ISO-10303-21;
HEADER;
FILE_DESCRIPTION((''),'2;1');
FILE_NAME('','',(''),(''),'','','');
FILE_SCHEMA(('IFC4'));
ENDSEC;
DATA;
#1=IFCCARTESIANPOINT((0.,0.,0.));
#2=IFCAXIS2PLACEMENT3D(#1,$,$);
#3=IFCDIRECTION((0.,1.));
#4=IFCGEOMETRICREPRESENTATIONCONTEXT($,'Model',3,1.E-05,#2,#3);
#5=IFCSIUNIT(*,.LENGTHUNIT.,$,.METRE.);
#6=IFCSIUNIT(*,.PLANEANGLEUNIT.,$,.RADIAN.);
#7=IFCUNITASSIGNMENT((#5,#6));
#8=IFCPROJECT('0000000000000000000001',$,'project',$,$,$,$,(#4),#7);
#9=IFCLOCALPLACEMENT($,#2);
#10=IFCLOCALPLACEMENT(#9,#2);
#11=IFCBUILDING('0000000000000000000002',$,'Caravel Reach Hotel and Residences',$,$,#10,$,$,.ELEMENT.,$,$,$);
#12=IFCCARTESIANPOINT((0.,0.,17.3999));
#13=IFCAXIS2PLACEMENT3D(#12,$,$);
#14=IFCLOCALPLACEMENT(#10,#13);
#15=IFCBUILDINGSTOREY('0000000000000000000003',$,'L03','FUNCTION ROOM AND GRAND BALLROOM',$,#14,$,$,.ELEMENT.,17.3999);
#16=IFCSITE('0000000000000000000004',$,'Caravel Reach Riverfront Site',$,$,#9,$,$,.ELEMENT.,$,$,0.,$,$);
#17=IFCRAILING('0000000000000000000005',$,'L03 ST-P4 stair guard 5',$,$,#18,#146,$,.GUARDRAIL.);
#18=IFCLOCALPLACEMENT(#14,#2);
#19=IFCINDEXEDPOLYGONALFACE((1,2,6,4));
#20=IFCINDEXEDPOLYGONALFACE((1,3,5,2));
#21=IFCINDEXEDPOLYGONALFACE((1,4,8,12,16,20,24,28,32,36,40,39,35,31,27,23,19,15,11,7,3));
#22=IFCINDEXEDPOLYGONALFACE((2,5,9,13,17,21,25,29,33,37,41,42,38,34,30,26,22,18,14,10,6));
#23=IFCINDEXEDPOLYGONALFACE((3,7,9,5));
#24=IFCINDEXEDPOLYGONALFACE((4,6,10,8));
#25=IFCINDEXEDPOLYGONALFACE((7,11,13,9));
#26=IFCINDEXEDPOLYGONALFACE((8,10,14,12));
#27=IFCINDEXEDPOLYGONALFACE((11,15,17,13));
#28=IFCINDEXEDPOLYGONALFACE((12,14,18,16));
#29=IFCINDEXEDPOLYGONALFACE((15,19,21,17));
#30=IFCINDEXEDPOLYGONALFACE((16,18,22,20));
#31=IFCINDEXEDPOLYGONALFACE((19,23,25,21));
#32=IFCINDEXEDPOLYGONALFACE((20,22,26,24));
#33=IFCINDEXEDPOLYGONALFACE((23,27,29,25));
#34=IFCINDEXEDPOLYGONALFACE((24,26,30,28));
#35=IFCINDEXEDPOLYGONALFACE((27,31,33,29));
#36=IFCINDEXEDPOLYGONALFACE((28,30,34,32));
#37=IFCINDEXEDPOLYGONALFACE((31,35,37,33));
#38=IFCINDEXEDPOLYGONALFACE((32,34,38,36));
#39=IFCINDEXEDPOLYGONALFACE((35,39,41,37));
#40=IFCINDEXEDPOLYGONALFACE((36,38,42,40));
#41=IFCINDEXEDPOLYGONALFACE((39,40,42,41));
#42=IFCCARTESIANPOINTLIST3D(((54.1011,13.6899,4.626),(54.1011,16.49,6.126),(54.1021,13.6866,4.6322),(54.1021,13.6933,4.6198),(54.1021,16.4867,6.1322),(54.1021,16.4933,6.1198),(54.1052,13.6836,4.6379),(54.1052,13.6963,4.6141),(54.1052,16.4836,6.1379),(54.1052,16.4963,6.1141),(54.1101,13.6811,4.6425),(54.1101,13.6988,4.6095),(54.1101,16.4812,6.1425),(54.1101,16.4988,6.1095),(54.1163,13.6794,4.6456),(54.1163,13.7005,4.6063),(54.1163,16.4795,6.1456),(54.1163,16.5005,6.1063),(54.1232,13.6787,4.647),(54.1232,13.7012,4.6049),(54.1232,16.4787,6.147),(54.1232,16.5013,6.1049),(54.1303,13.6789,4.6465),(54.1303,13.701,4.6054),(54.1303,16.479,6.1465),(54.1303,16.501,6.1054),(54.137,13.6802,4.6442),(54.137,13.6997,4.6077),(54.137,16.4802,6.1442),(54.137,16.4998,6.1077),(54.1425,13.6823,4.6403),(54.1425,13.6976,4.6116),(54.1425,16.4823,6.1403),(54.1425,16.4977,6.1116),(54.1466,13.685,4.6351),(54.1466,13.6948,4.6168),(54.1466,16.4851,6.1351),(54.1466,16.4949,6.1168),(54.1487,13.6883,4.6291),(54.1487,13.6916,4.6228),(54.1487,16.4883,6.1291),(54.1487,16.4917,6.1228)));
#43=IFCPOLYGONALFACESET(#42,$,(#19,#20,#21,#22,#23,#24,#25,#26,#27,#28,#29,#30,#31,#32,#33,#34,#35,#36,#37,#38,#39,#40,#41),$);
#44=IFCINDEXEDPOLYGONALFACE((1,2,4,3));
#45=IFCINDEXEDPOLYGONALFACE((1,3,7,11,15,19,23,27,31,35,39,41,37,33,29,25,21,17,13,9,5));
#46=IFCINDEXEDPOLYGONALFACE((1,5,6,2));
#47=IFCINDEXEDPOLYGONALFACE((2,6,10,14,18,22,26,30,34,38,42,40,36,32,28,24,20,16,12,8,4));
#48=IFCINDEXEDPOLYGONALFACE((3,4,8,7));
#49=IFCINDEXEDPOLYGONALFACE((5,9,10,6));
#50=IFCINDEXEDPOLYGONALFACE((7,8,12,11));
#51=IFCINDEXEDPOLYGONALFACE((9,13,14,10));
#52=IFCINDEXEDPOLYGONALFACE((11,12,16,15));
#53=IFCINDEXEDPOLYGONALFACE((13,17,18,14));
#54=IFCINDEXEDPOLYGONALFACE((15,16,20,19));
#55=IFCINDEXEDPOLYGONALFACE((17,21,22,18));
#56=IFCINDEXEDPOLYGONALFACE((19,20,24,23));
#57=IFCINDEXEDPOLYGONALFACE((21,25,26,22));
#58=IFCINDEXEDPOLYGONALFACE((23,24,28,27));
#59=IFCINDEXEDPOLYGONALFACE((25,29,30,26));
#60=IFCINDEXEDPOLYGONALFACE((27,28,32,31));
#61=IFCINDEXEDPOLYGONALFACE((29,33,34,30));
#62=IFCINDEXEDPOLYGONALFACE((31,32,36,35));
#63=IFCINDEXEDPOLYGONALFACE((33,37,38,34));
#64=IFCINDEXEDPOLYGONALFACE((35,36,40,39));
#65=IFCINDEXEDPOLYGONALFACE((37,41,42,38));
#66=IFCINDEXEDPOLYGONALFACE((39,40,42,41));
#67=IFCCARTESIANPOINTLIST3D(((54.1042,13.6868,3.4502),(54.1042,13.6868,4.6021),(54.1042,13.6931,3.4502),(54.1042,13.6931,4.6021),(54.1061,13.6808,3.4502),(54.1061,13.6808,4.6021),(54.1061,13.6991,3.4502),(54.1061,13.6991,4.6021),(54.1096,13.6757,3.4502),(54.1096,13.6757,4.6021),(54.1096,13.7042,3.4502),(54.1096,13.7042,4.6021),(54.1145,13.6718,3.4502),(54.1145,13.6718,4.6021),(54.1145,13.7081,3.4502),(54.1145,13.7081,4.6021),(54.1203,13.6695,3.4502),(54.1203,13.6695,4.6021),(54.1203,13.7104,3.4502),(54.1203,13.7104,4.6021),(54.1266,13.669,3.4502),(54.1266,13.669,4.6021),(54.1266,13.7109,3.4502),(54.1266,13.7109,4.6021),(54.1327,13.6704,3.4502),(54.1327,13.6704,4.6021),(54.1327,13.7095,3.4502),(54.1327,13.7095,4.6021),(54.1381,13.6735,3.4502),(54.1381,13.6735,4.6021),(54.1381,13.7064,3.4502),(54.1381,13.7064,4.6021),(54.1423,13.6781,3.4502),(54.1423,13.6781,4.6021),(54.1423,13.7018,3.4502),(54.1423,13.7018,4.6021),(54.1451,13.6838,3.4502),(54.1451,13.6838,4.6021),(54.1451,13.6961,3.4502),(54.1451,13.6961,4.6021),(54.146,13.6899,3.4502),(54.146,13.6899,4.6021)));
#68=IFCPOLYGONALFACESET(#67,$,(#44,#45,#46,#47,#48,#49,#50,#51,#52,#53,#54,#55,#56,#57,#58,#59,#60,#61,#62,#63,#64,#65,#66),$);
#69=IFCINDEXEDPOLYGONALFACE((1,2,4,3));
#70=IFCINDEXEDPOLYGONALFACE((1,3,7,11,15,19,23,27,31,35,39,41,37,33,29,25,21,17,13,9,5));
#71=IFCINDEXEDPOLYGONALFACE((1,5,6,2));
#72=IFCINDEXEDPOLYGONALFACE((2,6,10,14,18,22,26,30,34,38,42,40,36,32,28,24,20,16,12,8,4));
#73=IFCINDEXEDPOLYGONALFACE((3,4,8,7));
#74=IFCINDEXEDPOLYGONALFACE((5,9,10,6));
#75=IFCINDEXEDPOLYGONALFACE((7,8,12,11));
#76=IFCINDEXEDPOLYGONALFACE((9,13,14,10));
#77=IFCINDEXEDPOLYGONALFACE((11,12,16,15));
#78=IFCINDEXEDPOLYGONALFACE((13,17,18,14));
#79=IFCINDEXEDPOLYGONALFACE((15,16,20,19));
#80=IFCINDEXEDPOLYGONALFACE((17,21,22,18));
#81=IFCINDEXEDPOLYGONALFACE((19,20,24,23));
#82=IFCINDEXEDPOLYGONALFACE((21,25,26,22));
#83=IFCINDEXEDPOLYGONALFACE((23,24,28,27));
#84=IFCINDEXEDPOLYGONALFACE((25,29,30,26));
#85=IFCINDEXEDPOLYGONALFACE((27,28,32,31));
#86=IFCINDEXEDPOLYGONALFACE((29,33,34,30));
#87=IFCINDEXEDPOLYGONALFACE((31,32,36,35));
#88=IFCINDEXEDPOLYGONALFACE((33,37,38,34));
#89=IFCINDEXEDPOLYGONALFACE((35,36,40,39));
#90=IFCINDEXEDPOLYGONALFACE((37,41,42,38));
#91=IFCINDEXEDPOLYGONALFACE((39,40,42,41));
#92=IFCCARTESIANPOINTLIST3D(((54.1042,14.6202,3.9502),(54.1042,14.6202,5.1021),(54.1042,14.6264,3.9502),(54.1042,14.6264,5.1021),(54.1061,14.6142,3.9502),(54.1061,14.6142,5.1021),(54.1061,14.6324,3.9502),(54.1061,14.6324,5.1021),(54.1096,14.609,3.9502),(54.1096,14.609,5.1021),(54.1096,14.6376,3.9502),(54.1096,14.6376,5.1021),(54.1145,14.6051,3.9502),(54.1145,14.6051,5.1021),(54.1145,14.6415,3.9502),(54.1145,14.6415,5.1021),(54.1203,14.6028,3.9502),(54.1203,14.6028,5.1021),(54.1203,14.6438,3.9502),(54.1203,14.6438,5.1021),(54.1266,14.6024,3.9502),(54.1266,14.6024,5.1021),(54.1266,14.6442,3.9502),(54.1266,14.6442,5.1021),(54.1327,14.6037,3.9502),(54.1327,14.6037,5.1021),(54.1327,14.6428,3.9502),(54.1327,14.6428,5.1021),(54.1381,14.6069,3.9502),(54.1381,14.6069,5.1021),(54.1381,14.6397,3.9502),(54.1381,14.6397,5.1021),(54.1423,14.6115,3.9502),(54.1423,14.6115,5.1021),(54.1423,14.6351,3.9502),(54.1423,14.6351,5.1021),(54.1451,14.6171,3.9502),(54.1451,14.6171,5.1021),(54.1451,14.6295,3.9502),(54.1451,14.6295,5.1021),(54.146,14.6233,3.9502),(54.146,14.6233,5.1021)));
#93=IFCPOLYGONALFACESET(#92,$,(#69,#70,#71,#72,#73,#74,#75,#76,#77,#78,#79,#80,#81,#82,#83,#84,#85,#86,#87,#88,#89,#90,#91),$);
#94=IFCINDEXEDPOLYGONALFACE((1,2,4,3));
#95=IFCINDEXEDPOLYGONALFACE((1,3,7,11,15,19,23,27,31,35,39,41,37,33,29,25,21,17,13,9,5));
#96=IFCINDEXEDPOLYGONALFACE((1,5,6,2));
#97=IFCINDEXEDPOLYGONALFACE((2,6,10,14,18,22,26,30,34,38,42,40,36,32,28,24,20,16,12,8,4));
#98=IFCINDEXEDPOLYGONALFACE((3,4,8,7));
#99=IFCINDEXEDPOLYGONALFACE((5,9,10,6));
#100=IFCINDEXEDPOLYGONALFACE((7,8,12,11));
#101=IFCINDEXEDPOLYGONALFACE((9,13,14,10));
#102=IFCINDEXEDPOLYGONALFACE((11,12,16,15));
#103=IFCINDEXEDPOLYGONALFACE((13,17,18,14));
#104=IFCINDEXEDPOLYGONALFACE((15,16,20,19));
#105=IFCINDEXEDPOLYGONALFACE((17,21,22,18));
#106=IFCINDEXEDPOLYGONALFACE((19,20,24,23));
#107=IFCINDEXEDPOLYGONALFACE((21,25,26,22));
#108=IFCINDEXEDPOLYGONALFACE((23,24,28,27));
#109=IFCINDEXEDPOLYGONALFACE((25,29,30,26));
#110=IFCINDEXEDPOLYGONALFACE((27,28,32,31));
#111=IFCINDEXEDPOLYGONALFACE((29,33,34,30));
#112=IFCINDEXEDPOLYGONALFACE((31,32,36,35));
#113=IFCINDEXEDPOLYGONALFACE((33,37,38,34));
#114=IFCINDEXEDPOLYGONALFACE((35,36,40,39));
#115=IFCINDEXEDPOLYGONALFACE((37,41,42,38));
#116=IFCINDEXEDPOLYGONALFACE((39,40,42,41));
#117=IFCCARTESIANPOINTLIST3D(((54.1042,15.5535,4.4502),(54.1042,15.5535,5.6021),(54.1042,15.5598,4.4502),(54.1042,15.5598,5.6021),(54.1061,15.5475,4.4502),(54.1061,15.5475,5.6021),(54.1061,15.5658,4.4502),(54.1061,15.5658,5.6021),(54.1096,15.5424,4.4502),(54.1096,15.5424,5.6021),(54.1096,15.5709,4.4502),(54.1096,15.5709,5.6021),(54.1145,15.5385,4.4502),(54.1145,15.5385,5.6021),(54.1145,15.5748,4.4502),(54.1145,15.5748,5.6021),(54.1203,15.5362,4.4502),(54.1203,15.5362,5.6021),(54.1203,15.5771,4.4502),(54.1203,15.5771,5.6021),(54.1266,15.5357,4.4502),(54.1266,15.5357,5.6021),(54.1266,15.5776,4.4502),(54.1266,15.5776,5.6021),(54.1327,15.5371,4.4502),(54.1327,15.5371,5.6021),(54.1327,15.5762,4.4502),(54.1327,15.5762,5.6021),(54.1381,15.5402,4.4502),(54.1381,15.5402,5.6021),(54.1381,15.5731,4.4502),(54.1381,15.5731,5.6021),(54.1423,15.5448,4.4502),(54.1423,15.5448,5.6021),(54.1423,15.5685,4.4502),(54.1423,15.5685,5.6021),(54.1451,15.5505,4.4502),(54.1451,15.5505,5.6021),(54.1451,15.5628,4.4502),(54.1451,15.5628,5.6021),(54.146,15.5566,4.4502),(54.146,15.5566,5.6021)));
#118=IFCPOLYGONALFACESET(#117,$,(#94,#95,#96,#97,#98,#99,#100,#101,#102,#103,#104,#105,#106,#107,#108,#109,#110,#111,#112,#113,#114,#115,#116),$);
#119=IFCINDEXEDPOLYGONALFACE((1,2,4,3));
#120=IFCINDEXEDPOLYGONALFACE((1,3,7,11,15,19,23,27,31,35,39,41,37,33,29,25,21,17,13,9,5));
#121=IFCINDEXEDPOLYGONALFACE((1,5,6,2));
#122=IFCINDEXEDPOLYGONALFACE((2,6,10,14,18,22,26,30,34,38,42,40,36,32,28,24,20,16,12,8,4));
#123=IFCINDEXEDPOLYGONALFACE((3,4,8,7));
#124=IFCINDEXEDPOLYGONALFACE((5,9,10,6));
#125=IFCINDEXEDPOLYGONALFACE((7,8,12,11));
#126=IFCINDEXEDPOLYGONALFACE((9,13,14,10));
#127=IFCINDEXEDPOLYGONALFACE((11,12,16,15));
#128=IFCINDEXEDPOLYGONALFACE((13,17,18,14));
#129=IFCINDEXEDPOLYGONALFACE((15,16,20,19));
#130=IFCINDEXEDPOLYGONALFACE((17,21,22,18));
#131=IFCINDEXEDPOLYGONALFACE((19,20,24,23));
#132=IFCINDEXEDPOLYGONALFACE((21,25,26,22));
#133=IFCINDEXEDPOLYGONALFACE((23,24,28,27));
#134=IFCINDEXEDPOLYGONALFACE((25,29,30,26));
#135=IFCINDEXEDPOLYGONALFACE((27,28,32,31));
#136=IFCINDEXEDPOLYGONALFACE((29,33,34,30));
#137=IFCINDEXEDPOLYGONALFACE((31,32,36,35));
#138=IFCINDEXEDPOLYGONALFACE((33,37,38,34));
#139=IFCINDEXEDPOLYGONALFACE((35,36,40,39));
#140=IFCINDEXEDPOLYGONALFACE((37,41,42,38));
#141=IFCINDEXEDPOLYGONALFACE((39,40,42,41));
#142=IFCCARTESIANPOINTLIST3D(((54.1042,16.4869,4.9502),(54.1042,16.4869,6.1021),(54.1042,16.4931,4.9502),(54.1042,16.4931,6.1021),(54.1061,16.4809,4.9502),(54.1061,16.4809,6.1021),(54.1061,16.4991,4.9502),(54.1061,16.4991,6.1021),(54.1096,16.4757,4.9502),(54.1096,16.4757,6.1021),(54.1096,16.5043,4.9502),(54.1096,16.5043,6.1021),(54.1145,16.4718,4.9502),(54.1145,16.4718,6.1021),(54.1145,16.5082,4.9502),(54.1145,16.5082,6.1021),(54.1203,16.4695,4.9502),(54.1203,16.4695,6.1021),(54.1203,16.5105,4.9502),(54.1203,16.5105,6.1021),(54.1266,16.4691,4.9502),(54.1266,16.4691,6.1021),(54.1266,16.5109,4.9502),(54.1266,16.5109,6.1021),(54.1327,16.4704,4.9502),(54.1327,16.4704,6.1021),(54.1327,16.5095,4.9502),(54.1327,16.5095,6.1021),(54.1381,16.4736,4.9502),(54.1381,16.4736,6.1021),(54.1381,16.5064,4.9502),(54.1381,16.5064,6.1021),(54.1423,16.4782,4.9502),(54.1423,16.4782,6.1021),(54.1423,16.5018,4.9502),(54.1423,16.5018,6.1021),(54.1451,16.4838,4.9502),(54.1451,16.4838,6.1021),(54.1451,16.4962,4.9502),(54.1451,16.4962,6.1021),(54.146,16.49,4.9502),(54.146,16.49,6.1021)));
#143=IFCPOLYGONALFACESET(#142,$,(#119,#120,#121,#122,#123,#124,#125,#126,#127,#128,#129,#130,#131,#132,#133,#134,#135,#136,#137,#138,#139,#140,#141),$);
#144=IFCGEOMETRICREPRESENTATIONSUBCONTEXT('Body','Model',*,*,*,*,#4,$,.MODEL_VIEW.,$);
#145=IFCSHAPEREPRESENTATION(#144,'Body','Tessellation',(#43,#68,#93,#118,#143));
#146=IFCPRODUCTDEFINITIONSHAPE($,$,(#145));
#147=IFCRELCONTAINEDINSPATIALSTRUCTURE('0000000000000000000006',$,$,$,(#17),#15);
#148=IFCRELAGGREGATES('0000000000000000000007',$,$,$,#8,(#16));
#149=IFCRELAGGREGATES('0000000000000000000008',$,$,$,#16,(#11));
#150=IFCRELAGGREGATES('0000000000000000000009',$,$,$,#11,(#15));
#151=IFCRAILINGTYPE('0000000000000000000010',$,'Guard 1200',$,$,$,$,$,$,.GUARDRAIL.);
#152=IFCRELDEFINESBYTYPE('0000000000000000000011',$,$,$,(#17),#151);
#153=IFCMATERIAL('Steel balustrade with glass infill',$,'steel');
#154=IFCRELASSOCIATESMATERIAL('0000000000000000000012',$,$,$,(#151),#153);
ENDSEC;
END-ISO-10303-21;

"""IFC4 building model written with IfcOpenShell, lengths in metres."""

from ifc_helpers import new_model, si_unit, direction, frame, origin, origin_2d, place, context, subcontext, project, spatial, circle, extrude, material, type_object, element, save


model = new_model("IFC4")

# Units and contexts
model_context = context("Model", 3, precision=1e-05, world=origin(), true_north=direction((0.0, 1.0)))
body_context = subcontext(model_context, "Body", "Model", "MODEL_VIEW")
ifc_project = project(units=[si_unit("LENGTHUNIT", "METRE"), si_unit("PLANEANGLEUNIT", "RADIAN")], contexts=[model_context])

# Site, building, storey
site_placement = place(None, origin())
site = spatial("IfcSite", under=ifc_project, at=site_placement, Name="Caravel Reach Riverfront Site", CompositionType="ELEMENT", RefElevation=0.0)
building_placement = place(site_placement, origin())
building = spatial("IfcBuilding", under=site, at=building_placement, Name="Caravel Reach Hotel and Residences", CompositionType="ELEMENT")
storey_placement = place(building_placement, frame((0.0, 0.0, 17.3999)))
storey = spatial("IfcBuildingStorey", under=building, at=storey_placement, Name="L03", Description="FUNCTION ROOM AND GRAND BALLROOM", CompositionType="ELEMENT", Elevation=17.3999)

# Railing
ifc_material_1 = material(Name="Steel balustrade with glass infill", Category="steel")
railing_type_1 = type_object("IfcRailingType", Name="Guard 1200", PredefinedType="GUARDRAIL", material=ifc_material_1)
railing_1_placement = place(storey_placement, frame((54.125, 13.6899, 3.4502)))
element("IfcRailing", 1, at=railing_1_placement, inside=storey, type_object=railing_type_1, Name="L03 ST-P4 stair guard 5", PredefinedType="GUARDRAIL", context=body_context, shape_type="SweptSolid", body=[
    extrude(circle(Radius=0.0239, at=origin_2d()), frame((0.0, 0.0, 1.1758), z_axis=(0.0, 0.881483, 0.472215), x_axis=(-1.0, 0.0, 0.0)), (0.0, 0.0, 1.0), 3.1765),
    extrude(circle(Radius=0.021, at=origin_2d()), origin(), (0.0, 0.0, 1.0), 1.1519),
    extrude(circle(Radius=0.021, at=origin_2d()), frame((0.0, 0.9333, 0.5)), (0.0, 0.0, 1.0), 1.1519),
    extrude(circle(Radius=0.021, at=origin_2d()), frame((0.0, 1.8667, 1.0)), (0.0, 0.0, 1.0), 1.1519),
    extrude(circle(Radius=0.021, at=origin_2d()), frame((0.0, 2.8, 1.5)), (0.0, 0.0, 1.0), 1.1519),
])

save(model, "model.ifc")
